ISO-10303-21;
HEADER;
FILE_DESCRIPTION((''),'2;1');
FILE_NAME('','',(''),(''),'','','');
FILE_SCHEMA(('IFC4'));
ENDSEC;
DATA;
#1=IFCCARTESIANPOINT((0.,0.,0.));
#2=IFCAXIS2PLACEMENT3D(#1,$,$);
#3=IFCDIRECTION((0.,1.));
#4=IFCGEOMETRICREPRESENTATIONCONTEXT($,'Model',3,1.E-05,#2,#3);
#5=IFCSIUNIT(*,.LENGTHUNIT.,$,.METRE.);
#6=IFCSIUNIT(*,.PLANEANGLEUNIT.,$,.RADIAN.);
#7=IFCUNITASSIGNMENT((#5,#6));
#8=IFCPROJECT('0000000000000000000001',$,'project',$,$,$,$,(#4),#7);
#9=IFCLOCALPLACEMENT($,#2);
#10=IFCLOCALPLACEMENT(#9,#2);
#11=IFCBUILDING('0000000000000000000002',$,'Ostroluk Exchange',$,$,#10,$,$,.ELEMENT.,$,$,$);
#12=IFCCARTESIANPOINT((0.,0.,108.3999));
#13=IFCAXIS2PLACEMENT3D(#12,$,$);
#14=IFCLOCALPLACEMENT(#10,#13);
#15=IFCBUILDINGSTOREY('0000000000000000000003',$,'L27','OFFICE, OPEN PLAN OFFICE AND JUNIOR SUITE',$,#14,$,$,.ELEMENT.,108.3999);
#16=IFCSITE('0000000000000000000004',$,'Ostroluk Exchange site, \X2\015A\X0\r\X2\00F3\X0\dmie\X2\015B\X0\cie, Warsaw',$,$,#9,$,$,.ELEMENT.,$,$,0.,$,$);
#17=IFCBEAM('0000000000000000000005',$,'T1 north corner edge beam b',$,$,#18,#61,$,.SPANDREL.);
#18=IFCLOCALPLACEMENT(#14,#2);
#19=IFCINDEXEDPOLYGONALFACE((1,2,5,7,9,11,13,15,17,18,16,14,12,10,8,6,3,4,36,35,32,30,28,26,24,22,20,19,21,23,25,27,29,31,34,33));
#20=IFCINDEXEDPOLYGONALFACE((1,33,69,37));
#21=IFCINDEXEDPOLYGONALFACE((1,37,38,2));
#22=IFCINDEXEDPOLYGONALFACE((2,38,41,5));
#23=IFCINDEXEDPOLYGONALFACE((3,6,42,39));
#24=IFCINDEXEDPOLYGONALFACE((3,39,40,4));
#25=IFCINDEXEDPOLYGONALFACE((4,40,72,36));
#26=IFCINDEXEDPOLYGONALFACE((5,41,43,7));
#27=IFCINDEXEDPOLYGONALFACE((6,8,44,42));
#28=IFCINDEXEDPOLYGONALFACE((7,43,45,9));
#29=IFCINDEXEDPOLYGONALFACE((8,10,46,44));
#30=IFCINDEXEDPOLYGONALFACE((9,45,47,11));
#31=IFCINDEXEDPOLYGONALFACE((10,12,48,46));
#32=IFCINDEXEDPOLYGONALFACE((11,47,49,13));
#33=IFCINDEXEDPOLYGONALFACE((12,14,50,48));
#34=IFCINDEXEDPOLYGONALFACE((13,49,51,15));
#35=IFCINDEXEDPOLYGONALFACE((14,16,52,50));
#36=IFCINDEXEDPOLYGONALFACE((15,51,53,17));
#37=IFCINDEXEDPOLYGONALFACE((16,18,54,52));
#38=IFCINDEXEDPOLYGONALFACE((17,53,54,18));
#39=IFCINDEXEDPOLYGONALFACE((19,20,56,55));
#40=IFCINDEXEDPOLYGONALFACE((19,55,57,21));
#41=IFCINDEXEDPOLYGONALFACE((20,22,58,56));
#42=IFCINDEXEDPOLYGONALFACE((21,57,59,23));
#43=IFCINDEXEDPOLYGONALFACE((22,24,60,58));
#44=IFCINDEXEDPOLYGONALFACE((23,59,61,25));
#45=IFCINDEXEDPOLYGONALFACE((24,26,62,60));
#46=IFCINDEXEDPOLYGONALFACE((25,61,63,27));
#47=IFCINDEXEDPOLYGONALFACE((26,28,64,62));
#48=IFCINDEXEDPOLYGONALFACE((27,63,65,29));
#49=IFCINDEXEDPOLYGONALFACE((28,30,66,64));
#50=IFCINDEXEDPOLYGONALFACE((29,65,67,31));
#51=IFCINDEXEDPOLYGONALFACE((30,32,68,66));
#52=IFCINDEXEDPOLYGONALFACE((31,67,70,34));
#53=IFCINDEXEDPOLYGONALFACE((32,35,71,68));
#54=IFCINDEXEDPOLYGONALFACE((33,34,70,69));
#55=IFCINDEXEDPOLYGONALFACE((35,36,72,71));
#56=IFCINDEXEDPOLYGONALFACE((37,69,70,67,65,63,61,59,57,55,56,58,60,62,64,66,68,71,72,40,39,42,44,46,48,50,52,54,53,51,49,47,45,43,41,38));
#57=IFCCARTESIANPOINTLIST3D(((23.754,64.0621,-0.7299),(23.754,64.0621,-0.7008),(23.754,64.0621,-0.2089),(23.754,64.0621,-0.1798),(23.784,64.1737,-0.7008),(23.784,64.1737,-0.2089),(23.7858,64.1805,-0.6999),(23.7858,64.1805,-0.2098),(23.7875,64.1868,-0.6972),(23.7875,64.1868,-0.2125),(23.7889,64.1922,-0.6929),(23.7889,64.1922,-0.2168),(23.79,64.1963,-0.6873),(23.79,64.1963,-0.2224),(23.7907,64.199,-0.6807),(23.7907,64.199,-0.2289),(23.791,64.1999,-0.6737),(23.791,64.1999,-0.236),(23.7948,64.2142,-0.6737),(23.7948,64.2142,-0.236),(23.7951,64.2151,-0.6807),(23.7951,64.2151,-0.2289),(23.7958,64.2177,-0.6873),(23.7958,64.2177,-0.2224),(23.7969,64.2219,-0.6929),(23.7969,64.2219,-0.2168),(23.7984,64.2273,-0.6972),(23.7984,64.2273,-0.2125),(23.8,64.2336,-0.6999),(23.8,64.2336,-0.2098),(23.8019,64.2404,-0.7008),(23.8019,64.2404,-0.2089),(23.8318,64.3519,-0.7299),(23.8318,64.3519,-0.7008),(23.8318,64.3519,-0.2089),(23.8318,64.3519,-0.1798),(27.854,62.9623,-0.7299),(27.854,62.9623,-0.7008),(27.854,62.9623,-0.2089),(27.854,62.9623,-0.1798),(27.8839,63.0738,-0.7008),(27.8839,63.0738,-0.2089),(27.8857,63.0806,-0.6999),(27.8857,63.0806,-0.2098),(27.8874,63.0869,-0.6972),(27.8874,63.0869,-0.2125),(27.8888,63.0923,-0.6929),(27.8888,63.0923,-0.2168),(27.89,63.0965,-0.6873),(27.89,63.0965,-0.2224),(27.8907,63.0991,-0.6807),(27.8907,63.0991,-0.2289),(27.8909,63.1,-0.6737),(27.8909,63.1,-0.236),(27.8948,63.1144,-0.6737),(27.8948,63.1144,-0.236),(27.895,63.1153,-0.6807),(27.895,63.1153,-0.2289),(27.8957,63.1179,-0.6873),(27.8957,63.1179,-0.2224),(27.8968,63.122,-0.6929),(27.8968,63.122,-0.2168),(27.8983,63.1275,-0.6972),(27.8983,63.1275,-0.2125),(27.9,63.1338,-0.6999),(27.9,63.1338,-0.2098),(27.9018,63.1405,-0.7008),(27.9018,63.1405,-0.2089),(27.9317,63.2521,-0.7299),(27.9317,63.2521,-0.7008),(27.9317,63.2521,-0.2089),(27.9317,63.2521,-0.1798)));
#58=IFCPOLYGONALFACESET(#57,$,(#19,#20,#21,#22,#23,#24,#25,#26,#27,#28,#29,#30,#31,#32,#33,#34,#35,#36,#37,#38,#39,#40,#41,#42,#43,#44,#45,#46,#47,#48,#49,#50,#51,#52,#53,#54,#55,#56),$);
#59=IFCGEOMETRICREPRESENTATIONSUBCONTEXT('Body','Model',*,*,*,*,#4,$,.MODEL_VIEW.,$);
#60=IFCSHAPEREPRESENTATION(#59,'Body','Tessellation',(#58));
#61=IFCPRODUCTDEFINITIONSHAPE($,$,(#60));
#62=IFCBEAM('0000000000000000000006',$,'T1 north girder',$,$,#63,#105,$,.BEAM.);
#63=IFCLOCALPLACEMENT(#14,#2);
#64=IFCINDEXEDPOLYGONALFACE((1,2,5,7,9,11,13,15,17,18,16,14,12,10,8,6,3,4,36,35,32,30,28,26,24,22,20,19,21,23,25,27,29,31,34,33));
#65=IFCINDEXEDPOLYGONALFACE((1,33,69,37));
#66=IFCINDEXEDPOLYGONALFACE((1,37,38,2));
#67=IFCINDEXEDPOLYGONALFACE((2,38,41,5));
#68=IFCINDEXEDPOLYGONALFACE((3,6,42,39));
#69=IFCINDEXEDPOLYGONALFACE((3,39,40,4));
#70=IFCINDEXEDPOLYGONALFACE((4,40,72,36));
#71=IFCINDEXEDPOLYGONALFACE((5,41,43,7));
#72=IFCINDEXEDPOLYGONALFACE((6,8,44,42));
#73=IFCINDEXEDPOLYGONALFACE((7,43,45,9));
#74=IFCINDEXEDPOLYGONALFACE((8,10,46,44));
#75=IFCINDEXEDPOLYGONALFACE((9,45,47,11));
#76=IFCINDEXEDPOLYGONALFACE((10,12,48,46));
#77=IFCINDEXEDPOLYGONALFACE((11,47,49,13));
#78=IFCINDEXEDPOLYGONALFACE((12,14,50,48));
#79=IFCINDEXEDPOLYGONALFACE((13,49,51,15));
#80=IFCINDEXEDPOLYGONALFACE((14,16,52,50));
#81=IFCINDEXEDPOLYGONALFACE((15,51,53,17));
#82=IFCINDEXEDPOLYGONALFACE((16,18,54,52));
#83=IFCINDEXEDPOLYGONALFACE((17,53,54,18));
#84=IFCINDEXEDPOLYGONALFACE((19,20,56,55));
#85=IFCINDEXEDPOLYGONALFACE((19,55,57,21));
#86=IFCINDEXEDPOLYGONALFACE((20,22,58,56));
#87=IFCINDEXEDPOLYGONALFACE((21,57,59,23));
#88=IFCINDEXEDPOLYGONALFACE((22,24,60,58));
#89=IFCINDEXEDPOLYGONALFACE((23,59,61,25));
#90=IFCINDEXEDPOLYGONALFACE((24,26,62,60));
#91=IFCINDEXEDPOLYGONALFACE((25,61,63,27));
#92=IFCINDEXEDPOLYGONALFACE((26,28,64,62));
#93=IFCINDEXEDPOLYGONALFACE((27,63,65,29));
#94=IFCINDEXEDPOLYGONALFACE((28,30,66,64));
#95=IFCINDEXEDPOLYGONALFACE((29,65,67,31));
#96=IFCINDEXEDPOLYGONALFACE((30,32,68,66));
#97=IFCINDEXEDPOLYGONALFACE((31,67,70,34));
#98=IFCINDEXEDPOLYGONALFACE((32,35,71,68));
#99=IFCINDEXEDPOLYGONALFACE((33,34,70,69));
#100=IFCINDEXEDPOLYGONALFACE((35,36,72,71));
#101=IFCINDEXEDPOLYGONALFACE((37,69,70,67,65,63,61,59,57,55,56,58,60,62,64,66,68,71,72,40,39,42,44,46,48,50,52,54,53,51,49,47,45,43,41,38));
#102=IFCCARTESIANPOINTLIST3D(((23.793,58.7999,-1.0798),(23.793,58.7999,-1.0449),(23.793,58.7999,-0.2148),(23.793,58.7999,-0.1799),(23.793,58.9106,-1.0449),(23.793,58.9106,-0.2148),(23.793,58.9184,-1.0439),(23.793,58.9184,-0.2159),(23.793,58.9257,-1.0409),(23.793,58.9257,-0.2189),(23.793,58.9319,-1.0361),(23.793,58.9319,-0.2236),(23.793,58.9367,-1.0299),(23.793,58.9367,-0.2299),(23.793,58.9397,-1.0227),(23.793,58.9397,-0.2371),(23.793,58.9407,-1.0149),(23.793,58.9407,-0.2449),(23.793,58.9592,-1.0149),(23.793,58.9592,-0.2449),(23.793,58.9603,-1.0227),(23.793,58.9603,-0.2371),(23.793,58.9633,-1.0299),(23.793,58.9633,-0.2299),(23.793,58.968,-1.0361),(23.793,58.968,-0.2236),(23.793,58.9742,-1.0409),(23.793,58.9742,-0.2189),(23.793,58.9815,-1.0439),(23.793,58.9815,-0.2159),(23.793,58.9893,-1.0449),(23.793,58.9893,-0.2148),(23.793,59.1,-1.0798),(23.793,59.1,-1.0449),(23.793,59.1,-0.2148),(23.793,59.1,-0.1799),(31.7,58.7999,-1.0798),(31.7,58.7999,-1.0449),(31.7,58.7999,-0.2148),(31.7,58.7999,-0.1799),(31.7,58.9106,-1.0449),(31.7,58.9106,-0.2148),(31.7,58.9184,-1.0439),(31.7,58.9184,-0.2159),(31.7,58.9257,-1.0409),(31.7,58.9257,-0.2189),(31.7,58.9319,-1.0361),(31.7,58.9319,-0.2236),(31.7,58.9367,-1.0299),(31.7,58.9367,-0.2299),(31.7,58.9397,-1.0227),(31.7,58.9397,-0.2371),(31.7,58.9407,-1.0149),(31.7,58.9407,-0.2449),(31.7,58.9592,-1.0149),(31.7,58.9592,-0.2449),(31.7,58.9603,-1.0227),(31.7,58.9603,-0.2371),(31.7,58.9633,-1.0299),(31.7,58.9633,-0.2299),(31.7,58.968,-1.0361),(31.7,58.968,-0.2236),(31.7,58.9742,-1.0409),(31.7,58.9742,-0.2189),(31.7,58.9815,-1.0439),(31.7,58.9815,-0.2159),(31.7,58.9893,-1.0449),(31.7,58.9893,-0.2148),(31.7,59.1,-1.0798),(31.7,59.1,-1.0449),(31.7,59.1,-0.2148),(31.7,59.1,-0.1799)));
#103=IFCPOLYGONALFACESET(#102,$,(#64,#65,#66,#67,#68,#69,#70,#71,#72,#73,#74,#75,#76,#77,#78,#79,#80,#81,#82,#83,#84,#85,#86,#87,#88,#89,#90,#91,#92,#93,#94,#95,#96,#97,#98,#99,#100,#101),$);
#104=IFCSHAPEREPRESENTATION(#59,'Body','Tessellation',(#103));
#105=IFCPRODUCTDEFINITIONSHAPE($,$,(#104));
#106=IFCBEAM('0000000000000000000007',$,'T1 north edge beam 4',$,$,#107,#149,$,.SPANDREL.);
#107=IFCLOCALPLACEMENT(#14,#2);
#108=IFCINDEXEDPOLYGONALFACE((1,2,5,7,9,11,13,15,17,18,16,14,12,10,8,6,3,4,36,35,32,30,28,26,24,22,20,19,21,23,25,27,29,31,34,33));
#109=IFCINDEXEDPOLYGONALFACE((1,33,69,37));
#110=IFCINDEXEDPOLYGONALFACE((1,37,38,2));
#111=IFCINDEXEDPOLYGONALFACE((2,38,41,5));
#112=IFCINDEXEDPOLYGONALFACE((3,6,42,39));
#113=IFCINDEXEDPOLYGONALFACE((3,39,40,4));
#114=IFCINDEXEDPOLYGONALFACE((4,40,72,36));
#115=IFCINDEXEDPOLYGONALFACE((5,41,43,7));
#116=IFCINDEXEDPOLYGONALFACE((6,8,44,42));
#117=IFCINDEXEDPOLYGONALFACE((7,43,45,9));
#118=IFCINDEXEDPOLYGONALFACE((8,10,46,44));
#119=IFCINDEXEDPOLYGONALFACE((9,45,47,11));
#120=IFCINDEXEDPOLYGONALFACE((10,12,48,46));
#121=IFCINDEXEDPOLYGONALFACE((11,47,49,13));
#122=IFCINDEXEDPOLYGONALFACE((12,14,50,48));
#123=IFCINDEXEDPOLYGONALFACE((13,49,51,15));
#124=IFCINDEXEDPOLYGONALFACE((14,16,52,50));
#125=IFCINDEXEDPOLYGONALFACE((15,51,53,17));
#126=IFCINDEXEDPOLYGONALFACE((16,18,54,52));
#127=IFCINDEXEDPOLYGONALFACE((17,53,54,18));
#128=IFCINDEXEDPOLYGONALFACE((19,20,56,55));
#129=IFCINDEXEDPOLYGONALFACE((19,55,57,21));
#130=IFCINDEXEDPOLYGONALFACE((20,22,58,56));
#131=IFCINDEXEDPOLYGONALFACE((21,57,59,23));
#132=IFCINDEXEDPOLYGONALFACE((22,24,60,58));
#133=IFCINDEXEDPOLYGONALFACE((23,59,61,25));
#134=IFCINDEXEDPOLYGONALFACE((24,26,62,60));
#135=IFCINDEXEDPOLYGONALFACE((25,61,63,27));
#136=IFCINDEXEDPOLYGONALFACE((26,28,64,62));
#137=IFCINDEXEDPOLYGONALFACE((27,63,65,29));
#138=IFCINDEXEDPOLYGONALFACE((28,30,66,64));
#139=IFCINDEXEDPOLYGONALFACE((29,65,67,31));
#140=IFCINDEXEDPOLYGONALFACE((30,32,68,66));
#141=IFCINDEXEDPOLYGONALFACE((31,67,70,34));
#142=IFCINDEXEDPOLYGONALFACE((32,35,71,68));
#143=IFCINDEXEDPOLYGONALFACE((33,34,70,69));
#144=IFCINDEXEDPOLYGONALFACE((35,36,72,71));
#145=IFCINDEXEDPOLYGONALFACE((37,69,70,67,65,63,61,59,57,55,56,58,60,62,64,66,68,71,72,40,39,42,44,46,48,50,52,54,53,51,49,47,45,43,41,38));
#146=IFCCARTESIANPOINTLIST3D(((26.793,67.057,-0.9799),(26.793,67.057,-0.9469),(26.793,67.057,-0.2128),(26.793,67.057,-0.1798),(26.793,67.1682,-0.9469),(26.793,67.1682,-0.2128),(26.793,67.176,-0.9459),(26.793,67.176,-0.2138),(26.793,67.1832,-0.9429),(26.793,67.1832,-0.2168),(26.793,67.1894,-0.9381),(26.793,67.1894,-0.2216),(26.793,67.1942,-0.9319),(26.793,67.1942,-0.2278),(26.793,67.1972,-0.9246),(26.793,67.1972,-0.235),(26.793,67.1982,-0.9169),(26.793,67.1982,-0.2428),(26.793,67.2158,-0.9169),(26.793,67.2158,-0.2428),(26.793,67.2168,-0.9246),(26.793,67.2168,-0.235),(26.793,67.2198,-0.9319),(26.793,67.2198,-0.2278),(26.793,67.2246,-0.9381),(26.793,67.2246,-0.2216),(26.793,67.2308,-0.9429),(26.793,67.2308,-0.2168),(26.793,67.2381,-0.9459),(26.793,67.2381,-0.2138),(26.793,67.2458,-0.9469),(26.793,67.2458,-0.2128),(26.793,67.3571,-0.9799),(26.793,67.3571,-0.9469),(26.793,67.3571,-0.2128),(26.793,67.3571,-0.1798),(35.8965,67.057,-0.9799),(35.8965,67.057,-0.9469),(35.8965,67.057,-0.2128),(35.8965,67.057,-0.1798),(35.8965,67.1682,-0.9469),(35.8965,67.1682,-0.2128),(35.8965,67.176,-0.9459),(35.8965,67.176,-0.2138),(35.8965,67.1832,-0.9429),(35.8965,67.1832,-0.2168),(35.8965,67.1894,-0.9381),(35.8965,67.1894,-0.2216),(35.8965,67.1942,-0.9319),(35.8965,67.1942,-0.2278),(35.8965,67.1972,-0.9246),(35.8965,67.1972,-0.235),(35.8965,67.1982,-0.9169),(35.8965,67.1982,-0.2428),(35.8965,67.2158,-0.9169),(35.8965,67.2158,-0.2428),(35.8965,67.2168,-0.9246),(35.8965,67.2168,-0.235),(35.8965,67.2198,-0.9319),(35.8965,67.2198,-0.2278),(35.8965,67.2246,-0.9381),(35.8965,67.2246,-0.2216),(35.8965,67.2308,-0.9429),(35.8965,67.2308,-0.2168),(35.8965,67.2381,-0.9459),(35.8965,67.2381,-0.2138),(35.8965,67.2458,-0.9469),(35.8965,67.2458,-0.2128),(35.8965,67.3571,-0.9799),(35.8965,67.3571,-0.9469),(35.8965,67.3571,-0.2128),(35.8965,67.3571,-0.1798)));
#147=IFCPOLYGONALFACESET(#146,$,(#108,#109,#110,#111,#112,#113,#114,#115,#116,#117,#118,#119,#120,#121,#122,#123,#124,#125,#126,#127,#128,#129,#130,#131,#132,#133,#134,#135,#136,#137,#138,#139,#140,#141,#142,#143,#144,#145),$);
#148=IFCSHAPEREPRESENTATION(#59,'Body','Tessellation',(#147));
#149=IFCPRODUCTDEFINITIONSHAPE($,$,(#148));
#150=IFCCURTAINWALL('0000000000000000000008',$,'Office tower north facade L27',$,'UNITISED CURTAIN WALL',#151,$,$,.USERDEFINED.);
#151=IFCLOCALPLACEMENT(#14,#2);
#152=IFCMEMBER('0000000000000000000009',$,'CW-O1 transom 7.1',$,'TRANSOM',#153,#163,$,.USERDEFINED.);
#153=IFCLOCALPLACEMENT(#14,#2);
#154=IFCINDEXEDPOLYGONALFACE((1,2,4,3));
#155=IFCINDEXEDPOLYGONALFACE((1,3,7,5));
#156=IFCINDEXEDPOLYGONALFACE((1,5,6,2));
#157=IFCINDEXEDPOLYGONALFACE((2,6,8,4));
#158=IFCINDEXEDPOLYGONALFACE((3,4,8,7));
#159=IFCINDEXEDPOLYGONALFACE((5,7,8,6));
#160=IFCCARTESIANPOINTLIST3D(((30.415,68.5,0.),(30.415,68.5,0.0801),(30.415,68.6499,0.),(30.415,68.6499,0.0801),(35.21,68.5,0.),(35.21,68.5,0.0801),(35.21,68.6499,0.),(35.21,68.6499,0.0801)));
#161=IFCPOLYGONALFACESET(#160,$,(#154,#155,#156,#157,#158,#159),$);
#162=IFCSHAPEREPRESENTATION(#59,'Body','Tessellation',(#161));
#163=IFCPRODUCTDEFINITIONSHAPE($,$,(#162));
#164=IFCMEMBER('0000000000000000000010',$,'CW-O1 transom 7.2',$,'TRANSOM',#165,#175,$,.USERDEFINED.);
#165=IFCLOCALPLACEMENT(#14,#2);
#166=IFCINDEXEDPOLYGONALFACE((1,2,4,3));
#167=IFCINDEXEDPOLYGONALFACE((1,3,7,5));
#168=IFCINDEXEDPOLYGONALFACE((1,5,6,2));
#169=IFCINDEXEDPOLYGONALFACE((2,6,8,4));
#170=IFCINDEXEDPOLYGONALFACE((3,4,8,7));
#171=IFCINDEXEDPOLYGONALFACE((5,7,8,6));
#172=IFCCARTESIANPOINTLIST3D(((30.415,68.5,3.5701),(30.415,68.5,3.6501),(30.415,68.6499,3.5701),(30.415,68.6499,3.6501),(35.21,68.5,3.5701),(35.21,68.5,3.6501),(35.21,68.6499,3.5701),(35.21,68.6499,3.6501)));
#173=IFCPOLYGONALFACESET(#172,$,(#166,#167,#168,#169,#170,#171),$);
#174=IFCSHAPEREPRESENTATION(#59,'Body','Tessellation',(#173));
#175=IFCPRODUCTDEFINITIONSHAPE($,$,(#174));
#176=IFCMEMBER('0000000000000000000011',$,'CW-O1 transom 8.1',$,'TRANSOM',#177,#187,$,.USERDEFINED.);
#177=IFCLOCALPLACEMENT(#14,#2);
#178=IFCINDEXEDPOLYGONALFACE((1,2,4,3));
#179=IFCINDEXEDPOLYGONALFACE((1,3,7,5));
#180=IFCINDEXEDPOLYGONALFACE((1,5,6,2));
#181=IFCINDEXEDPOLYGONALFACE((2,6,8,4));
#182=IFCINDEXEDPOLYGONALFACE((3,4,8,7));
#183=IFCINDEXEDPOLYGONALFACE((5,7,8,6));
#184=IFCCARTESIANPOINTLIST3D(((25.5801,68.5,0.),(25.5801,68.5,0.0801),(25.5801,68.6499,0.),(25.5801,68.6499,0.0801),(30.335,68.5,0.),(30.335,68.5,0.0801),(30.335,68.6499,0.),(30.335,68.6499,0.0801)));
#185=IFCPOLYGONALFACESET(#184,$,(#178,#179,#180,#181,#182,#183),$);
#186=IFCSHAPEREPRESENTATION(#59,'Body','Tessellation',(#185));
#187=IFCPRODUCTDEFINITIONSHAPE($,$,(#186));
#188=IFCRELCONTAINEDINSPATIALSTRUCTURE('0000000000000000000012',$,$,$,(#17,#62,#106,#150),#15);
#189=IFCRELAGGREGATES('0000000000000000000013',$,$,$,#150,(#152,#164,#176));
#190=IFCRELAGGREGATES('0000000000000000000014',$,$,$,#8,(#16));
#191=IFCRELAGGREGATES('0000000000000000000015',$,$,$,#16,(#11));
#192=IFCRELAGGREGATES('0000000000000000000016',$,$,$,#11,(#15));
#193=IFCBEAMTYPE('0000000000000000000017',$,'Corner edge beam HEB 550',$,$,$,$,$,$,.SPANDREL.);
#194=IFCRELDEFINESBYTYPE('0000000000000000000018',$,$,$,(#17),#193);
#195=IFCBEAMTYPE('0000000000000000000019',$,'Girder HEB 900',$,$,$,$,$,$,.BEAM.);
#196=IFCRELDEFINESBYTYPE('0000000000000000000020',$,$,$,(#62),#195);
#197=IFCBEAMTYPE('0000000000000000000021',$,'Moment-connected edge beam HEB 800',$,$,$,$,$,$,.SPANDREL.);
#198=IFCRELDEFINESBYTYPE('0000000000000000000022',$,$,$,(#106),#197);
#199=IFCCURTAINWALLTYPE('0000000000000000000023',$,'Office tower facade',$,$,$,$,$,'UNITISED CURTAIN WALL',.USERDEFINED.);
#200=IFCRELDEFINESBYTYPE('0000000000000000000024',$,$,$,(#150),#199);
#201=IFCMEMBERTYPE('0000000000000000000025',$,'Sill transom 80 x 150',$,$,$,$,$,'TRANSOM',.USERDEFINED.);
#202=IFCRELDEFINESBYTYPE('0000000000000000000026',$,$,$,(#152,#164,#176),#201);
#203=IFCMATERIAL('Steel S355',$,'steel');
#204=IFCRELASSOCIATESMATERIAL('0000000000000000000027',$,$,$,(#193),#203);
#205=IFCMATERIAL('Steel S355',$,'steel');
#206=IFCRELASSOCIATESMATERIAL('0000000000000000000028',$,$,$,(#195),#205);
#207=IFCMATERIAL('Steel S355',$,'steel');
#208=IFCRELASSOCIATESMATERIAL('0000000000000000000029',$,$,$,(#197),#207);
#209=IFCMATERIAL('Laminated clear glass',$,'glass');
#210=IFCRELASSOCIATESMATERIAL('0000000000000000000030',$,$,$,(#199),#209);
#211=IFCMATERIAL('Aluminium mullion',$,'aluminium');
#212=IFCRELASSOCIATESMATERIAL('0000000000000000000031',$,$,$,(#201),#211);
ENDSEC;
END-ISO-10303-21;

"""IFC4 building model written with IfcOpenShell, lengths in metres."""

from ifc_helpers import new_model, si_unit, direction, frame, origin, origin_2d, place, context, subcontext, project, spatial, rectangle, i_section, extrude, material, material_profile, profile_set, type_object, element, aggregate, save


model = new_model("IFC4")

# Units and contexts
model_context = context("Model", 3, precision=1e-05, world=origin(), true_north=direction((0.0, 1.0)))
body_context = subcontext(model_context, "Body", "Model", "MODEL_VIEW")
ifc_project = project(units=[si_unit("LENGTHUNIT", "METRE"), si_unit("PLANEANGLEUNIT", "RADIAN")], contexts=[model_context])

# Site, building, storey
site_placement = place(None, origin())
site = spatial("IfcSite", under=ifc_project, at=site_placement, Name="Ostroluk Exchange site, Śródmieście, Warsaw", CompositionType="ELEMENT", RefElevation=0.0)
building_placement = place(site_placement, origin())
building = spatial("IfcBuilding", under=site, at=building_placement, Name="Ostroluk Exchange", CompositionType="ELEMENT")
storey_placement = place(building_placement, frame((0.0, 0.0, 108.3999)))
storey = spatial("IfcBuildingStorey", under=building, at=storey_placement, Name="L27", Description="OFFICE, OPEN PLAN OFFICE AND JUNIOR SUITE", CompositionType="ELEMENT", Elevation=108.3999)

# Beams
ifc_material_1 = material(Name="Steel S355", Category="steel")
ifc_material_profile_1 = material_profile(ifc_material_1, i_section(OverallWidth=0.3, OverallDepth=0.55, WebThickness=0.0149, FlangeThickness=0.0291, FilletRadius=0.0271, at=origin_2d()), Name="HEB 550")
ifc_profile_set_1 = profile_set([ifc_material_profile_1], Name="Steel S355")
beam_type_1 = type_object("IfcBeamType", Name="Corner edge beam HEB 550", PredefinedType="SPANDREL", material=ifc_profile_set_1)
for number, where, z_axis, x_axis, name in (
    (1, (27.8928, 63.1072, -0.4548), (-0.965849, 0.259105, 0.0), (-0.259105, -0.965849, 0.0), "T1 north corner edge beam b"),
):
    element("IfcBeam", number, at=place(storey_placement, frame(where, z_axis=z_axis, x_axis=x_axis)), inside=storey, type_object=beam_type_1, Name=name, PredefinedType="SPANDREL", context=body_context, shape_type="SweptSolid", body=[
        extrude(i_section(OverallWidth=0.3, OverallDepth=0.55, WebThickness=0.0149, FlangeThickness=0.0291, FilletRadius=0.0271, at=origin_2d()), origin(), (0.0, 0.0, 1.0), 4.2449),
    ])
ifc_material_2 = material(Name="Steel S355", Category="steel")
ifc_material_profile_2 = material_profile(ifc_material_2, i_section(OverallWidth=0.3, OverallDepth=0.8999, WebThickness=0.0186, FlangeThickness=0.0349, FilletRadius=0.03, at=origin_2d()), Name="HEB 900")
ifc_profile_set_2 = profile_set([ifc_material_profile_2], Name="Steel S355")
beam_type_2 = type_object("IfcBeamType", Name="Girder HEB 900", PredefinedType="BEAM", material=ifc_profile_set_2)
beam_1_placement = place(storey_placement, frame((31.7, 58.95, -0.6299), z_axis=(-1.0, 0.0, 0.0), x_axis=(0.0, -1.0, 0.0)))
element("IfcBeam", 2, at=beam_1_placement, inside=storey, type_object=beam_type_2, Name="T1 north girder", PredefinedType="BEAM", context=body_context, shape_type="SweptSolid", body=[
    extrude(i_section(OverallWidth=0.3, OverallDepth=0.8999, WebThickness=0.0186, FlangeThickness=0.0349, FilletRadius=0.03, at=origin_2d()), origin(), (0.0, 0.0, 1.0), 7.907),
])
ifc_material_3 = material(Name="Steel S355", Category="steel")
ifc_material_profile_3 = material_profile(ifc_material_3, i_section(OverallWidth=0.3, OverallDepth=0.8, WebThickness=0.0176, FlangeThickness=0.033, FilletRadius=0.03, at=origin_2d()), Name="HEB 800")
ifc_profile_set_3 = profile_set([ifc_material_profile_3], Name="Steel S355")
beam_type_3 = type_object("IfcBeamType", Name="Moment-connected edge beam HEB 800", PredefinedType="SPANDREL", material=ifc_profile_set_3)
beam_2_placement = place(storey_placement, frame((35.8965, 67.207, -0.5798), z_axis=(-1.0, 0.0, 0.0), x_axis=(0.0, -1.0, 0.0)))
element("IfcBeam", 3, at=beam_2_placement, inside=storey, type_object=beam_type_3, Name="T1 north edge beam 4", PredefinedType="SPANDREL", context=body_context, shape_type="SweptSolid", body=[
    extrude(i_section(OverallWidth=0.3, OverallDepth=0.8, WebThickness=0.0176, FlangeThickness=0.033, FilletRadius=0.03, at=origin_2d()), origin(), (0.0, 0.0, 1.0), 9.1035),
])

# Curtain wall, members
ifc_material_4 = material(Name="Laminated clear glass", Category="glass")
curtain_wall_type = type_object("IfcCurtainWallType", Name="Office tower facade", ElementType="UNITISED CURTAIN WALL", PredefinedType="USERDEFINED", material=ifc_material_4)
curtain_wall_placement = place(storey_placement, origin())
curtain_wall = element("IfcCurtainWall", 4, at=curtain_wall_placement, inside=storey, type_object=curtain_wall_type, Name="Office tower north facade L27", ObjectType="UNITISED CURTAIN WALL", PredefinedType="USERDEFINED")
ifc_material_5 = material(Name="Aluminium mullion", Category="aluminium")
ifc_material_profile_4 = material_profile(ifc_material_5, rectangle(XDim=0.1499, YDim=0.0801, at=origin_2d()), Name="Sill transom 80 x 150")
ifc_profile_set_4 = profile_set([ifc_material_profile_4], Name="Aluminium mullion")
member_type_1 = type_object("IfcMemberType", Name="Sill transom 80 x 150", ElementType="TRANSOM", PredefinedType="USERDEFINED", material=ifc_profile_set_4)
member_1_placement = place(storey_placement, frame((35.21, 68.575, 0.04), z_axis=(-1.0, 0.0, 0.0), x_axis=(0.0, -1.0, 0.0)))
member_1 = element("IfcMember", 5, at=member_1_placement, type_object=member_type_1, Name="CW-O1 transom 7.1", ObjectType="TRANSOM", PredefinedType="USERDEFINED", context=body_context, shape_type="SweptSolid", body=[
    extrude(rectangle(XDim=0.1499, YDim=0.0801, at=origin_2d()), origin(), (0.0, 0.0, 1.0), 4.7949),
])
member_2_placement = place(storey_placement, frame((35.21, 68.575, 3.6101), z_axis=(-1.0, 0.0, 0.0), x_axis=(0.0, -1.0, 0.0)))
member_2 = element("IfcMember", 6, at=member_2_placement, type_object=member_type_1, Name="CW-O1 transom 7.2", ObjectType="TRANSOM", PredefinedType="USERDEFINED", context=body_context, shape_type="SweptSolid", body=[
    extrude(rectangle(XDim=0.1499, YDim=0.0801, at=origin_2d()), origin(), (0.0, 0.0, 1.0), 4.7949),
])
member_3_placement = place(storey_placement, frame((30.335, 68.575, 0.04), z_axis=(-1.0, 0.0, 0.0), x_axis=(0.0, -1.0, 0.0)))
member_3 = element("IfcMember", 7, at=member_3_placement, type_object=member_type_1, Name="CW-O1 transom 8.1", ObjectType="TRANSOM", PredefinedType="USERDEFINED", context=body_context, shape_type="SweptSolid", body=[
    extrude(rectangle(XDim=0.1499, YDim=0.0801, at=origin_2d()), origin(), (0.0, 0.0, 1.0), 4.7549),
])
aggregate(curtain_wall, [member_1, member_2, member_3])

save(model, "model.ifc")
